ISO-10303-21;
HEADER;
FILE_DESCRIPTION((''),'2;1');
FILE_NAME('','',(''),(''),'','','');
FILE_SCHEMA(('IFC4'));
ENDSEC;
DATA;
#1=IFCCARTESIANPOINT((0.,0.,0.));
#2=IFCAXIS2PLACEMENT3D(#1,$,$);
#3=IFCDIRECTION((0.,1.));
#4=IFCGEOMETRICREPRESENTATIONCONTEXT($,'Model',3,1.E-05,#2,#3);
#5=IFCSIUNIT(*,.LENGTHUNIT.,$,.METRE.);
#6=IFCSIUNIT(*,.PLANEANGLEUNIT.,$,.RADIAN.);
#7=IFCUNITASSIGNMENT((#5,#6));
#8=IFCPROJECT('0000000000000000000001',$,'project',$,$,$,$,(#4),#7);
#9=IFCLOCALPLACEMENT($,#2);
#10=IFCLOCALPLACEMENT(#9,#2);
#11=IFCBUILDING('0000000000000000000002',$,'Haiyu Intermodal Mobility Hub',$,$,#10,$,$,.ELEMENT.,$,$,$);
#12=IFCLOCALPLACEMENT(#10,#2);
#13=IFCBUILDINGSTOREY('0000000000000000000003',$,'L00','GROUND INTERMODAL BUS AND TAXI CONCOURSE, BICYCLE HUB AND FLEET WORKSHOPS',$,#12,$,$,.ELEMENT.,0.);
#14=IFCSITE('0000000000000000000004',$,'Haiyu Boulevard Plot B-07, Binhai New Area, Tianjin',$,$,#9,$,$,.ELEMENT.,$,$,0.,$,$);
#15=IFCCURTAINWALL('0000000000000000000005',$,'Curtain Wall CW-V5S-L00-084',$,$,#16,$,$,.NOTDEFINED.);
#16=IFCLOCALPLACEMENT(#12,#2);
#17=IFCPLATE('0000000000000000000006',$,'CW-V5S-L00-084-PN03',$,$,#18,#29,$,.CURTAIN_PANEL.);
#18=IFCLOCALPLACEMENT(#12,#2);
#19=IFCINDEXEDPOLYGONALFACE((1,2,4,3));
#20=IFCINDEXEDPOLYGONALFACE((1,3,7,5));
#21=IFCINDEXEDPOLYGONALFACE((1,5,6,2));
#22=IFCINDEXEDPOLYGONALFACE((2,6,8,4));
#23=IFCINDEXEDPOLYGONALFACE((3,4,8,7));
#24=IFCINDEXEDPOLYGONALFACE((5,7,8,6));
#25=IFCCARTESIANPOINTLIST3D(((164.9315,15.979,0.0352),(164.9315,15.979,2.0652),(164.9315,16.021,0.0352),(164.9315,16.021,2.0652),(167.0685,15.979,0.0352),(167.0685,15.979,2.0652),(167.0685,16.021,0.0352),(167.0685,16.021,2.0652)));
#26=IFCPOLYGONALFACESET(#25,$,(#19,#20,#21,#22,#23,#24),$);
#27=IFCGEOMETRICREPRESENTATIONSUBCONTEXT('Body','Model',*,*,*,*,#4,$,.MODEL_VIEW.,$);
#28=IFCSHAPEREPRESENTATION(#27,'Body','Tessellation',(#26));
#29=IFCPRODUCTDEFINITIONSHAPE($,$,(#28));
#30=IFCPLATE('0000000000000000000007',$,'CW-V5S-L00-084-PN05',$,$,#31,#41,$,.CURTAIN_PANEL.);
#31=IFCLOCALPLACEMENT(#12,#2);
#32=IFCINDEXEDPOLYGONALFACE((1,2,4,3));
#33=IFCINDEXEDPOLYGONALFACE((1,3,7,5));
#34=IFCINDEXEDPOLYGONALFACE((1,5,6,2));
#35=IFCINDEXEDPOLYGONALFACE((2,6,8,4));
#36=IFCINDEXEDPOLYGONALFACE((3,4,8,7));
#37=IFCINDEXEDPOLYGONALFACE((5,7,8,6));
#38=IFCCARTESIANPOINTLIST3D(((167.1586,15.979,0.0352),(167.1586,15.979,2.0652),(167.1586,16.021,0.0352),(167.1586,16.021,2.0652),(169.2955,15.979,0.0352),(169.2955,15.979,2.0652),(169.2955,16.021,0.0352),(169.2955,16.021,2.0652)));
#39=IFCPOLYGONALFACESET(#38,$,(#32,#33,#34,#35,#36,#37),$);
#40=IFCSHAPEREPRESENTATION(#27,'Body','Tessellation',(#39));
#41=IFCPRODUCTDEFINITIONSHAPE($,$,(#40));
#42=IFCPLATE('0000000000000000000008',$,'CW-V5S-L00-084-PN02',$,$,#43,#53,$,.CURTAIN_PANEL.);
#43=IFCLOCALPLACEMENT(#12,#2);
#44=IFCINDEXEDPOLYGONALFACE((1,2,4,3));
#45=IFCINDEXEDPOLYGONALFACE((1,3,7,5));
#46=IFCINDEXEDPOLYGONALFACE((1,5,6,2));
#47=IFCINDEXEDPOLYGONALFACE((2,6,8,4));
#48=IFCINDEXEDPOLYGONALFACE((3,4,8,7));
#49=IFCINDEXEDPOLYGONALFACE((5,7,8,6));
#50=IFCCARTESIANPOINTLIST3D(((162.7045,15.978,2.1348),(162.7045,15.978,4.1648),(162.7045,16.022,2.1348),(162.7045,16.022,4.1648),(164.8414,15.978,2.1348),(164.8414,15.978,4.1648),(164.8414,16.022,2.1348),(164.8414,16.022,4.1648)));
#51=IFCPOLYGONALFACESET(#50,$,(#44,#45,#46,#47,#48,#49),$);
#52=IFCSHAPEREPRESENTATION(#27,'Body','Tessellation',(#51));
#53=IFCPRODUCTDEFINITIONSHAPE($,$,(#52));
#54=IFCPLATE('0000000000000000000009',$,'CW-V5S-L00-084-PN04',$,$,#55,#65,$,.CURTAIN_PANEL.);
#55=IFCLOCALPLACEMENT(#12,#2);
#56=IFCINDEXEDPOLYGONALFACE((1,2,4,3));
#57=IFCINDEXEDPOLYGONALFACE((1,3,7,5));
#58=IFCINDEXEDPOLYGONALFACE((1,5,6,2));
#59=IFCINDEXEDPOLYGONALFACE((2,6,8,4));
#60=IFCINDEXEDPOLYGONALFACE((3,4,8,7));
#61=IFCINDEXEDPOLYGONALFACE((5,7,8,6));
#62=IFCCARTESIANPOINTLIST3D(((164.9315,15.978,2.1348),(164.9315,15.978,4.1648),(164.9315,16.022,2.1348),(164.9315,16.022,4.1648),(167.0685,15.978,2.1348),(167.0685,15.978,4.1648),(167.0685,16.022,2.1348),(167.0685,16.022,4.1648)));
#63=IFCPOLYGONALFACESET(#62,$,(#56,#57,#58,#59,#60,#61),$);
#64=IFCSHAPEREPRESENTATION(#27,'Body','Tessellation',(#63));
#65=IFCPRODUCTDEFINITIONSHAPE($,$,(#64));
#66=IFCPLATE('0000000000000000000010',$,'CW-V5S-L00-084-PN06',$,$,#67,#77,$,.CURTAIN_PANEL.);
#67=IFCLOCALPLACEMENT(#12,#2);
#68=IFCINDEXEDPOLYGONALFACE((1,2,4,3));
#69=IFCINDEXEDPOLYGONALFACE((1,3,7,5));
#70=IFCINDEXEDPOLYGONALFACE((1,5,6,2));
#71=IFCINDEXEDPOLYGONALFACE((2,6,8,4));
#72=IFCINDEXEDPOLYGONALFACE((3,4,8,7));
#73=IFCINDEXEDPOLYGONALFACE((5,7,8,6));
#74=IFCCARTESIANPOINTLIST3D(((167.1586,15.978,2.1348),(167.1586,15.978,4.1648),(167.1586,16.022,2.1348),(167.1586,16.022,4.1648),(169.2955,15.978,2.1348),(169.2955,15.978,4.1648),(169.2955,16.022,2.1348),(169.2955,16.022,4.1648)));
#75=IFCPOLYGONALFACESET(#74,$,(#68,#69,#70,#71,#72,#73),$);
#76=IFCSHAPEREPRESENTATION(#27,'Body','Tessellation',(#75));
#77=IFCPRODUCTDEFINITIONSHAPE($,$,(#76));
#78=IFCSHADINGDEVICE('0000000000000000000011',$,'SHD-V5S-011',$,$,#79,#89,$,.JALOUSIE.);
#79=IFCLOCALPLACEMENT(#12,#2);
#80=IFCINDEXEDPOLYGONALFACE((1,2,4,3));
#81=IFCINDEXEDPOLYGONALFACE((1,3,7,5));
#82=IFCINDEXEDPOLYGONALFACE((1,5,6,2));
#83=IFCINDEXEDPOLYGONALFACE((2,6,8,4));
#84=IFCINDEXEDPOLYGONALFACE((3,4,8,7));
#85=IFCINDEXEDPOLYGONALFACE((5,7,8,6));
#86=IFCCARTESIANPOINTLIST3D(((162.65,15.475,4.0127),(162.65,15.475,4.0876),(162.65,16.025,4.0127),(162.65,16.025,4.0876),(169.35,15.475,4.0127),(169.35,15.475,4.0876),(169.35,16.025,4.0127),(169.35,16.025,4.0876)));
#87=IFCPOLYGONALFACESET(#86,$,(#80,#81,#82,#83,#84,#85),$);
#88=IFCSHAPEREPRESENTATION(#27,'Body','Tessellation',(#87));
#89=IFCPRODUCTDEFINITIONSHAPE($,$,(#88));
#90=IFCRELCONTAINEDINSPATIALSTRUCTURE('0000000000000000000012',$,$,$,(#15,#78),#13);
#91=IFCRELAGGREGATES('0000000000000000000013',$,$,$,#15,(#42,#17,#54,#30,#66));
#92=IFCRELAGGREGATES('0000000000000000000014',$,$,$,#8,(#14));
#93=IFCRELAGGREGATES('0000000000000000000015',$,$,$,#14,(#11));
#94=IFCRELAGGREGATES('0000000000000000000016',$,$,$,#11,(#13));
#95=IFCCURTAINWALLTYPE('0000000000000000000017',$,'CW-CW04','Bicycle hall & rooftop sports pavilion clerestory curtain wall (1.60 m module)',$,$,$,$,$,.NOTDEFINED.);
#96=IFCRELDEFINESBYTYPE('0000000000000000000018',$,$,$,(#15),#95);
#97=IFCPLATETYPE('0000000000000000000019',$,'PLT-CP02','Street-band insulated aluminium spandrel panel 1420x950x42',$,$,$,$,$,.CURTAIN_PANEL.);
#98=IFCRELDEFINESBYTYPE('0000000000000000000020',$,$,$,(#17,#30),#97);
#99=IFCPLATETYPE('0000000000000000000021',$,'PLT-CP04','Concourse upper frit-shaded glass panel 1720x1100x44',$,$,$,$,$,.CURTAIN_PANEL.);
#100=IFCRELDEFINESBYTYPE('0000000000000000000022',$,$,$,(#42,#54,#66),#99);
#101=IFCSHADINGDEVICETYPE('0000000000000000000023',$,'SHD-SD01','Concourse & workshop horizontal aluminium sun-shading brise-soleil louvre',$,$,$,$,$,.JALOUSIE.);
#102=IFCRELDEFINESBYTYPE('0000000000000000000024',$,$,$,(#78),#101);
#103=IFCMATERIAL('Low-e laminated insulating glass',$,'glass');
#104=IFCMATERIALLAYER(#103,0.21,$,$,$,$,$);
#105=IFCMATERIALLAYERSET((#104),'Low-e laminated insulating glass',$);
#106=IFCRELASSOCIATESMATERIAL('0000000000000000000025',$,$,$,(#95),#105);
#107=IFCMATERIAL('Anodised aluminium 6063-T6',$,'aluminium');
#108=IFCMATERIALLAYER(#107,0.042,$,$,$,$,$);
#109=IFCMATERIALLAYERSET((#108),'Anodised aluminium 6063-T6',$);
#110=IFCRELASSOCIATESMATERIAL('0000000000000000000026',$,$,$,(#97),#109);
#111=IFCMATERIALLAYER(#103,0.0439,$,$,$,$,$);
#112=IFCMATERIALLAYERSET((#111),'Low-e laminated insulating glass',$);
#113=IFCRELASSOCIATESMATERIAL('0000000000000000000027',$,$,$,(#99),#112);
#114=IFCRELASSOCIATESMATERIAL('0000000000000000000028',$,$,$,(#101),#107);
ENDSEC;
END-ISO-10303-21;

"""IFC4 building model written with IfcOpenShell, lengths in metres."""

from ifc_helpers import new_model, si_unit, direction, frame, origin, origin_2d, place, context, subcontext, project, spatial, rectangle, extrude, material, layer, layer_set, material_profile, profile_set, type_object, element, aggregate, save


model = new_model("IFC4")

# Units and contexts
model_context = context("Model", 3, precision=1e-05, world=origin(), true_north=direction((0.0, 1.0)))
body_context = subcontext(model_context, "Body", "Model", "MODEL_VIEW")
ifc_project = project(units=[si_unit("LENGTHUNIT", "METRE"), si_unit("PLANEANGLEUNIT", "RADIAN")], contexts=[model_context])

# Site, building, storey
site_placement = place(None, origin())
site = spatial("IfcSite", under=ifc_project, at=site_placement, Name="Haiyu Boulevard Plot B-07, Binhai New Area, Tianjin", CompositionType="ELEMENT", RefElevation=0.0)
building_placement = place(site_placement, origin())
building = spatial("IfcBuilding", under=site, at=building_placement, Name="Haiyu Intermodal Mobility Hub", CompositionType="ELEMENT")
storey_placement = place(building_placement, origin())
storey = spatial("IfcBuildingStorey", under=building, at=storey_placement, Name="L00", Description="GROUND INTERMODAL BUS AND TAXI CONCOURSE, BICYCLE HUB AND FLEET WORKSHOPS", CompositionType="ELEMENT", Elevation=0.0)

# Curtain wall
ifc_material_1 = material(Name="Low-e laminated insulating glass", Category="glass")
ifc_layer_1 = layer(ifc_material_1, 0.21)
ifc_layer_set_1 = layer_set([ifc_layer_1], Name="Low-e laminated insulating glass")
curtain_wall_type = type_object("IfcCurtainWallType", Name="CW-CW04", Description="Bicycle hall & rooftop sports pavilion clerestory curtain wall (1.60 m module)", PredefinedType="NOTDEFINED", material=ifc_layer_set_1)
curtain_wall_1_placement = place(storey_placement, origin())
curtain_wall_1 = element("IfcCurtainWall", 1, at=curtain_wall_1_placement, inside=storey, type_object=curtain_wall_type, Name="Curtain Wall CW-V5S-L00-084", PredefinedType="NOTDEFINED")
ifc_material_2 = material(Name="Anodised aluminium 6063-T6", Category="aluminium")

# Plates
ifc_layer_2 = layer(ifc_material_2, 0.042)
ifc_layer_set_2 = layer_set([ifc_layer_2], Name="Anodised aluminium 6063-T6")
plate_type_1 = type_object("IfcPlateType", Name="PLT-CP02", Description="Street-band insulated aluminium spandrel panel 1420x950x42", PredefinedType="CURTAIN_PANEL", material=ifc_layer_set_2)
plate_1_placement = place(storey_placement, frame((166.0, 16.0, 0.0352), z_axis=(0.0, 0.0, 1.0), x_axis=(1.0, 0.0, 0.0)))
plate_1 = element("IfcPlate", 2, at=plate_1_placement, type_object=plate_type_1, Name="CW-V5S-L00-084-PN03", PredefinedType="CURTAIN_PANEL", context=body_context, shape_type="SweptSolid", body=[
    extrude(rectangle(XDim=2.137, YDim=0.042, at=origin_2d()), origin(), (0.0, 0.0, 1.0), 2.03),
])
plate_2_placement = place(storey_placement, frame((168.2271, 16.0, 0.0352), z_axis=(0.0, 0.0, 1.0), x_axis=(1.0, 0.0, 0.0)))
plate_2 = element("IfcPlate", 3, at=plate_2_placement, type_object=plate_type_1, Name="CW-V5S-L00-084-PN05", PredefinedType="CURTAIN_PANEL", context=body_context, shape_type="SweptSolid", body=[
    extrude(rectangle(XDim=2.137, YDim=0.042, at=origin_2d()), origin(), (0.0, 0.0, 1.0), 2.03),
])
ifc_layer_3 = layer(ifc_material_1, 0.0439)
ifc_layer_set_3 = layer_set([ifc_layer_3], Name="Low-e laminated insulating glass")
plate_type_2 = type_object("IfcPlateType", Name="PLT-CP04", Description="Concourse upper frit-shaded glass panel 1720x1100x44", PredefinedType="CURTAIN_PANEL", material=ifc_layer_set_3)
plate_3_placement = place(storey_placement, frame((163.7729, 16.0, 2.1348), z_axis=(0.0, 0.0, 1.0), x_axis=(1.0, 0.0, 0.0)))
plate_3 = element("IfcPlate", 4, at=plate_3_placement, type_object=plate_type_2, Name="CW-V5S-L00-084-PN02", PredefinedType="CURTAIN_PANEL", context=body_context, shape_type="SweptSolid", body=[
    extrude(rectangle(XDim=2.137, YDim=0.0439, at=origin_2d()), origin(), (0.0, 0.0, 1.0), 2.03),
])
plate_4_placement = place(storey_placement, frame((166.0, 16.0, 2.1348), z_axis=(0.0, 0.0, 1.0), x_axis=(1.0, 0.0, 0.0)))
plate_4 = element("IfcPlate", 5, at=plate_4_placement, type_object=plate_type_2, Name="CW-V5S-L00-084-PN04", PredefinedType="CURTAIN_PANEL", context=body_context, shape_type="SweptSolid", body=[
    extrude(rectangle(XDim=2.137, YDim=0.0439, at=origin_2d()), origin(), (0.0, 0.0, 1.0), 2.03),
])
plate_5_placement = place(storey_placement, frame((168.2271, 16.0, 2.1348), z_axis=(0.0, 0.0, 1.0), x_axis=(1.0, 0.0, 0.0)))
plate_5 = element("IfcPlate", 6, at=plate_5_placement, type_object=plate_type_2, Name="CW-V5S-L00-084-PN06", PredefinedType="CURTAIN_PANEL", context=body_context, shape_type="SweptSolid", body=[
    extrude(rectangle(XDim=2.137, YDim=0.0439, at=origin_2d()), origin(), (0.0, 0.0, 1.0), 2.03),
])
aggregate(curtain_wall_1, [plate_3, plate_1, plate_4, plate_2, plate_5])

# Shading device
ifc_material_profile_1 = material_profile(ifc_material_2, rectangle(XDim=0.0801, YDim=0.45, at=origin_2d()), Name="FIN80x450")
ifc_profile_set_1 = profile_set([ifc_material_profile_1], Name="Anodised aluminium 6063-T6")
shading_device_type = type_object("IfcShadingDeviceType", Name="SHD-SD01", Description="Concourse & workshop horizontal aluminium sun-shading brise-soleil louvre", PredefinedType="JALOUSIE", material=ifc_profile_set_1)
shading_device_placement = place(storey_placement, frame((166.0, 15.75, 4.0127), z_axis=(0.0, 0.0, 1.0), x_axis=(1.0, 0.0, 0.0)))
element("IfcShadingDevice", 7, at=shading_device_placement, inside=storey, type_object=shading_device_type, Name="SHD-V5S-011", PredefinedType="JALOUSIE", context=body_context, shape_type="SweptSolid", body=[
    extrude(rectangle(XDim=6.7, YDim=0.55, at=origin_2d()), origin(), (0.0, 0.0, 1.0), 0.075),
])

save(model, "model.ifc")
